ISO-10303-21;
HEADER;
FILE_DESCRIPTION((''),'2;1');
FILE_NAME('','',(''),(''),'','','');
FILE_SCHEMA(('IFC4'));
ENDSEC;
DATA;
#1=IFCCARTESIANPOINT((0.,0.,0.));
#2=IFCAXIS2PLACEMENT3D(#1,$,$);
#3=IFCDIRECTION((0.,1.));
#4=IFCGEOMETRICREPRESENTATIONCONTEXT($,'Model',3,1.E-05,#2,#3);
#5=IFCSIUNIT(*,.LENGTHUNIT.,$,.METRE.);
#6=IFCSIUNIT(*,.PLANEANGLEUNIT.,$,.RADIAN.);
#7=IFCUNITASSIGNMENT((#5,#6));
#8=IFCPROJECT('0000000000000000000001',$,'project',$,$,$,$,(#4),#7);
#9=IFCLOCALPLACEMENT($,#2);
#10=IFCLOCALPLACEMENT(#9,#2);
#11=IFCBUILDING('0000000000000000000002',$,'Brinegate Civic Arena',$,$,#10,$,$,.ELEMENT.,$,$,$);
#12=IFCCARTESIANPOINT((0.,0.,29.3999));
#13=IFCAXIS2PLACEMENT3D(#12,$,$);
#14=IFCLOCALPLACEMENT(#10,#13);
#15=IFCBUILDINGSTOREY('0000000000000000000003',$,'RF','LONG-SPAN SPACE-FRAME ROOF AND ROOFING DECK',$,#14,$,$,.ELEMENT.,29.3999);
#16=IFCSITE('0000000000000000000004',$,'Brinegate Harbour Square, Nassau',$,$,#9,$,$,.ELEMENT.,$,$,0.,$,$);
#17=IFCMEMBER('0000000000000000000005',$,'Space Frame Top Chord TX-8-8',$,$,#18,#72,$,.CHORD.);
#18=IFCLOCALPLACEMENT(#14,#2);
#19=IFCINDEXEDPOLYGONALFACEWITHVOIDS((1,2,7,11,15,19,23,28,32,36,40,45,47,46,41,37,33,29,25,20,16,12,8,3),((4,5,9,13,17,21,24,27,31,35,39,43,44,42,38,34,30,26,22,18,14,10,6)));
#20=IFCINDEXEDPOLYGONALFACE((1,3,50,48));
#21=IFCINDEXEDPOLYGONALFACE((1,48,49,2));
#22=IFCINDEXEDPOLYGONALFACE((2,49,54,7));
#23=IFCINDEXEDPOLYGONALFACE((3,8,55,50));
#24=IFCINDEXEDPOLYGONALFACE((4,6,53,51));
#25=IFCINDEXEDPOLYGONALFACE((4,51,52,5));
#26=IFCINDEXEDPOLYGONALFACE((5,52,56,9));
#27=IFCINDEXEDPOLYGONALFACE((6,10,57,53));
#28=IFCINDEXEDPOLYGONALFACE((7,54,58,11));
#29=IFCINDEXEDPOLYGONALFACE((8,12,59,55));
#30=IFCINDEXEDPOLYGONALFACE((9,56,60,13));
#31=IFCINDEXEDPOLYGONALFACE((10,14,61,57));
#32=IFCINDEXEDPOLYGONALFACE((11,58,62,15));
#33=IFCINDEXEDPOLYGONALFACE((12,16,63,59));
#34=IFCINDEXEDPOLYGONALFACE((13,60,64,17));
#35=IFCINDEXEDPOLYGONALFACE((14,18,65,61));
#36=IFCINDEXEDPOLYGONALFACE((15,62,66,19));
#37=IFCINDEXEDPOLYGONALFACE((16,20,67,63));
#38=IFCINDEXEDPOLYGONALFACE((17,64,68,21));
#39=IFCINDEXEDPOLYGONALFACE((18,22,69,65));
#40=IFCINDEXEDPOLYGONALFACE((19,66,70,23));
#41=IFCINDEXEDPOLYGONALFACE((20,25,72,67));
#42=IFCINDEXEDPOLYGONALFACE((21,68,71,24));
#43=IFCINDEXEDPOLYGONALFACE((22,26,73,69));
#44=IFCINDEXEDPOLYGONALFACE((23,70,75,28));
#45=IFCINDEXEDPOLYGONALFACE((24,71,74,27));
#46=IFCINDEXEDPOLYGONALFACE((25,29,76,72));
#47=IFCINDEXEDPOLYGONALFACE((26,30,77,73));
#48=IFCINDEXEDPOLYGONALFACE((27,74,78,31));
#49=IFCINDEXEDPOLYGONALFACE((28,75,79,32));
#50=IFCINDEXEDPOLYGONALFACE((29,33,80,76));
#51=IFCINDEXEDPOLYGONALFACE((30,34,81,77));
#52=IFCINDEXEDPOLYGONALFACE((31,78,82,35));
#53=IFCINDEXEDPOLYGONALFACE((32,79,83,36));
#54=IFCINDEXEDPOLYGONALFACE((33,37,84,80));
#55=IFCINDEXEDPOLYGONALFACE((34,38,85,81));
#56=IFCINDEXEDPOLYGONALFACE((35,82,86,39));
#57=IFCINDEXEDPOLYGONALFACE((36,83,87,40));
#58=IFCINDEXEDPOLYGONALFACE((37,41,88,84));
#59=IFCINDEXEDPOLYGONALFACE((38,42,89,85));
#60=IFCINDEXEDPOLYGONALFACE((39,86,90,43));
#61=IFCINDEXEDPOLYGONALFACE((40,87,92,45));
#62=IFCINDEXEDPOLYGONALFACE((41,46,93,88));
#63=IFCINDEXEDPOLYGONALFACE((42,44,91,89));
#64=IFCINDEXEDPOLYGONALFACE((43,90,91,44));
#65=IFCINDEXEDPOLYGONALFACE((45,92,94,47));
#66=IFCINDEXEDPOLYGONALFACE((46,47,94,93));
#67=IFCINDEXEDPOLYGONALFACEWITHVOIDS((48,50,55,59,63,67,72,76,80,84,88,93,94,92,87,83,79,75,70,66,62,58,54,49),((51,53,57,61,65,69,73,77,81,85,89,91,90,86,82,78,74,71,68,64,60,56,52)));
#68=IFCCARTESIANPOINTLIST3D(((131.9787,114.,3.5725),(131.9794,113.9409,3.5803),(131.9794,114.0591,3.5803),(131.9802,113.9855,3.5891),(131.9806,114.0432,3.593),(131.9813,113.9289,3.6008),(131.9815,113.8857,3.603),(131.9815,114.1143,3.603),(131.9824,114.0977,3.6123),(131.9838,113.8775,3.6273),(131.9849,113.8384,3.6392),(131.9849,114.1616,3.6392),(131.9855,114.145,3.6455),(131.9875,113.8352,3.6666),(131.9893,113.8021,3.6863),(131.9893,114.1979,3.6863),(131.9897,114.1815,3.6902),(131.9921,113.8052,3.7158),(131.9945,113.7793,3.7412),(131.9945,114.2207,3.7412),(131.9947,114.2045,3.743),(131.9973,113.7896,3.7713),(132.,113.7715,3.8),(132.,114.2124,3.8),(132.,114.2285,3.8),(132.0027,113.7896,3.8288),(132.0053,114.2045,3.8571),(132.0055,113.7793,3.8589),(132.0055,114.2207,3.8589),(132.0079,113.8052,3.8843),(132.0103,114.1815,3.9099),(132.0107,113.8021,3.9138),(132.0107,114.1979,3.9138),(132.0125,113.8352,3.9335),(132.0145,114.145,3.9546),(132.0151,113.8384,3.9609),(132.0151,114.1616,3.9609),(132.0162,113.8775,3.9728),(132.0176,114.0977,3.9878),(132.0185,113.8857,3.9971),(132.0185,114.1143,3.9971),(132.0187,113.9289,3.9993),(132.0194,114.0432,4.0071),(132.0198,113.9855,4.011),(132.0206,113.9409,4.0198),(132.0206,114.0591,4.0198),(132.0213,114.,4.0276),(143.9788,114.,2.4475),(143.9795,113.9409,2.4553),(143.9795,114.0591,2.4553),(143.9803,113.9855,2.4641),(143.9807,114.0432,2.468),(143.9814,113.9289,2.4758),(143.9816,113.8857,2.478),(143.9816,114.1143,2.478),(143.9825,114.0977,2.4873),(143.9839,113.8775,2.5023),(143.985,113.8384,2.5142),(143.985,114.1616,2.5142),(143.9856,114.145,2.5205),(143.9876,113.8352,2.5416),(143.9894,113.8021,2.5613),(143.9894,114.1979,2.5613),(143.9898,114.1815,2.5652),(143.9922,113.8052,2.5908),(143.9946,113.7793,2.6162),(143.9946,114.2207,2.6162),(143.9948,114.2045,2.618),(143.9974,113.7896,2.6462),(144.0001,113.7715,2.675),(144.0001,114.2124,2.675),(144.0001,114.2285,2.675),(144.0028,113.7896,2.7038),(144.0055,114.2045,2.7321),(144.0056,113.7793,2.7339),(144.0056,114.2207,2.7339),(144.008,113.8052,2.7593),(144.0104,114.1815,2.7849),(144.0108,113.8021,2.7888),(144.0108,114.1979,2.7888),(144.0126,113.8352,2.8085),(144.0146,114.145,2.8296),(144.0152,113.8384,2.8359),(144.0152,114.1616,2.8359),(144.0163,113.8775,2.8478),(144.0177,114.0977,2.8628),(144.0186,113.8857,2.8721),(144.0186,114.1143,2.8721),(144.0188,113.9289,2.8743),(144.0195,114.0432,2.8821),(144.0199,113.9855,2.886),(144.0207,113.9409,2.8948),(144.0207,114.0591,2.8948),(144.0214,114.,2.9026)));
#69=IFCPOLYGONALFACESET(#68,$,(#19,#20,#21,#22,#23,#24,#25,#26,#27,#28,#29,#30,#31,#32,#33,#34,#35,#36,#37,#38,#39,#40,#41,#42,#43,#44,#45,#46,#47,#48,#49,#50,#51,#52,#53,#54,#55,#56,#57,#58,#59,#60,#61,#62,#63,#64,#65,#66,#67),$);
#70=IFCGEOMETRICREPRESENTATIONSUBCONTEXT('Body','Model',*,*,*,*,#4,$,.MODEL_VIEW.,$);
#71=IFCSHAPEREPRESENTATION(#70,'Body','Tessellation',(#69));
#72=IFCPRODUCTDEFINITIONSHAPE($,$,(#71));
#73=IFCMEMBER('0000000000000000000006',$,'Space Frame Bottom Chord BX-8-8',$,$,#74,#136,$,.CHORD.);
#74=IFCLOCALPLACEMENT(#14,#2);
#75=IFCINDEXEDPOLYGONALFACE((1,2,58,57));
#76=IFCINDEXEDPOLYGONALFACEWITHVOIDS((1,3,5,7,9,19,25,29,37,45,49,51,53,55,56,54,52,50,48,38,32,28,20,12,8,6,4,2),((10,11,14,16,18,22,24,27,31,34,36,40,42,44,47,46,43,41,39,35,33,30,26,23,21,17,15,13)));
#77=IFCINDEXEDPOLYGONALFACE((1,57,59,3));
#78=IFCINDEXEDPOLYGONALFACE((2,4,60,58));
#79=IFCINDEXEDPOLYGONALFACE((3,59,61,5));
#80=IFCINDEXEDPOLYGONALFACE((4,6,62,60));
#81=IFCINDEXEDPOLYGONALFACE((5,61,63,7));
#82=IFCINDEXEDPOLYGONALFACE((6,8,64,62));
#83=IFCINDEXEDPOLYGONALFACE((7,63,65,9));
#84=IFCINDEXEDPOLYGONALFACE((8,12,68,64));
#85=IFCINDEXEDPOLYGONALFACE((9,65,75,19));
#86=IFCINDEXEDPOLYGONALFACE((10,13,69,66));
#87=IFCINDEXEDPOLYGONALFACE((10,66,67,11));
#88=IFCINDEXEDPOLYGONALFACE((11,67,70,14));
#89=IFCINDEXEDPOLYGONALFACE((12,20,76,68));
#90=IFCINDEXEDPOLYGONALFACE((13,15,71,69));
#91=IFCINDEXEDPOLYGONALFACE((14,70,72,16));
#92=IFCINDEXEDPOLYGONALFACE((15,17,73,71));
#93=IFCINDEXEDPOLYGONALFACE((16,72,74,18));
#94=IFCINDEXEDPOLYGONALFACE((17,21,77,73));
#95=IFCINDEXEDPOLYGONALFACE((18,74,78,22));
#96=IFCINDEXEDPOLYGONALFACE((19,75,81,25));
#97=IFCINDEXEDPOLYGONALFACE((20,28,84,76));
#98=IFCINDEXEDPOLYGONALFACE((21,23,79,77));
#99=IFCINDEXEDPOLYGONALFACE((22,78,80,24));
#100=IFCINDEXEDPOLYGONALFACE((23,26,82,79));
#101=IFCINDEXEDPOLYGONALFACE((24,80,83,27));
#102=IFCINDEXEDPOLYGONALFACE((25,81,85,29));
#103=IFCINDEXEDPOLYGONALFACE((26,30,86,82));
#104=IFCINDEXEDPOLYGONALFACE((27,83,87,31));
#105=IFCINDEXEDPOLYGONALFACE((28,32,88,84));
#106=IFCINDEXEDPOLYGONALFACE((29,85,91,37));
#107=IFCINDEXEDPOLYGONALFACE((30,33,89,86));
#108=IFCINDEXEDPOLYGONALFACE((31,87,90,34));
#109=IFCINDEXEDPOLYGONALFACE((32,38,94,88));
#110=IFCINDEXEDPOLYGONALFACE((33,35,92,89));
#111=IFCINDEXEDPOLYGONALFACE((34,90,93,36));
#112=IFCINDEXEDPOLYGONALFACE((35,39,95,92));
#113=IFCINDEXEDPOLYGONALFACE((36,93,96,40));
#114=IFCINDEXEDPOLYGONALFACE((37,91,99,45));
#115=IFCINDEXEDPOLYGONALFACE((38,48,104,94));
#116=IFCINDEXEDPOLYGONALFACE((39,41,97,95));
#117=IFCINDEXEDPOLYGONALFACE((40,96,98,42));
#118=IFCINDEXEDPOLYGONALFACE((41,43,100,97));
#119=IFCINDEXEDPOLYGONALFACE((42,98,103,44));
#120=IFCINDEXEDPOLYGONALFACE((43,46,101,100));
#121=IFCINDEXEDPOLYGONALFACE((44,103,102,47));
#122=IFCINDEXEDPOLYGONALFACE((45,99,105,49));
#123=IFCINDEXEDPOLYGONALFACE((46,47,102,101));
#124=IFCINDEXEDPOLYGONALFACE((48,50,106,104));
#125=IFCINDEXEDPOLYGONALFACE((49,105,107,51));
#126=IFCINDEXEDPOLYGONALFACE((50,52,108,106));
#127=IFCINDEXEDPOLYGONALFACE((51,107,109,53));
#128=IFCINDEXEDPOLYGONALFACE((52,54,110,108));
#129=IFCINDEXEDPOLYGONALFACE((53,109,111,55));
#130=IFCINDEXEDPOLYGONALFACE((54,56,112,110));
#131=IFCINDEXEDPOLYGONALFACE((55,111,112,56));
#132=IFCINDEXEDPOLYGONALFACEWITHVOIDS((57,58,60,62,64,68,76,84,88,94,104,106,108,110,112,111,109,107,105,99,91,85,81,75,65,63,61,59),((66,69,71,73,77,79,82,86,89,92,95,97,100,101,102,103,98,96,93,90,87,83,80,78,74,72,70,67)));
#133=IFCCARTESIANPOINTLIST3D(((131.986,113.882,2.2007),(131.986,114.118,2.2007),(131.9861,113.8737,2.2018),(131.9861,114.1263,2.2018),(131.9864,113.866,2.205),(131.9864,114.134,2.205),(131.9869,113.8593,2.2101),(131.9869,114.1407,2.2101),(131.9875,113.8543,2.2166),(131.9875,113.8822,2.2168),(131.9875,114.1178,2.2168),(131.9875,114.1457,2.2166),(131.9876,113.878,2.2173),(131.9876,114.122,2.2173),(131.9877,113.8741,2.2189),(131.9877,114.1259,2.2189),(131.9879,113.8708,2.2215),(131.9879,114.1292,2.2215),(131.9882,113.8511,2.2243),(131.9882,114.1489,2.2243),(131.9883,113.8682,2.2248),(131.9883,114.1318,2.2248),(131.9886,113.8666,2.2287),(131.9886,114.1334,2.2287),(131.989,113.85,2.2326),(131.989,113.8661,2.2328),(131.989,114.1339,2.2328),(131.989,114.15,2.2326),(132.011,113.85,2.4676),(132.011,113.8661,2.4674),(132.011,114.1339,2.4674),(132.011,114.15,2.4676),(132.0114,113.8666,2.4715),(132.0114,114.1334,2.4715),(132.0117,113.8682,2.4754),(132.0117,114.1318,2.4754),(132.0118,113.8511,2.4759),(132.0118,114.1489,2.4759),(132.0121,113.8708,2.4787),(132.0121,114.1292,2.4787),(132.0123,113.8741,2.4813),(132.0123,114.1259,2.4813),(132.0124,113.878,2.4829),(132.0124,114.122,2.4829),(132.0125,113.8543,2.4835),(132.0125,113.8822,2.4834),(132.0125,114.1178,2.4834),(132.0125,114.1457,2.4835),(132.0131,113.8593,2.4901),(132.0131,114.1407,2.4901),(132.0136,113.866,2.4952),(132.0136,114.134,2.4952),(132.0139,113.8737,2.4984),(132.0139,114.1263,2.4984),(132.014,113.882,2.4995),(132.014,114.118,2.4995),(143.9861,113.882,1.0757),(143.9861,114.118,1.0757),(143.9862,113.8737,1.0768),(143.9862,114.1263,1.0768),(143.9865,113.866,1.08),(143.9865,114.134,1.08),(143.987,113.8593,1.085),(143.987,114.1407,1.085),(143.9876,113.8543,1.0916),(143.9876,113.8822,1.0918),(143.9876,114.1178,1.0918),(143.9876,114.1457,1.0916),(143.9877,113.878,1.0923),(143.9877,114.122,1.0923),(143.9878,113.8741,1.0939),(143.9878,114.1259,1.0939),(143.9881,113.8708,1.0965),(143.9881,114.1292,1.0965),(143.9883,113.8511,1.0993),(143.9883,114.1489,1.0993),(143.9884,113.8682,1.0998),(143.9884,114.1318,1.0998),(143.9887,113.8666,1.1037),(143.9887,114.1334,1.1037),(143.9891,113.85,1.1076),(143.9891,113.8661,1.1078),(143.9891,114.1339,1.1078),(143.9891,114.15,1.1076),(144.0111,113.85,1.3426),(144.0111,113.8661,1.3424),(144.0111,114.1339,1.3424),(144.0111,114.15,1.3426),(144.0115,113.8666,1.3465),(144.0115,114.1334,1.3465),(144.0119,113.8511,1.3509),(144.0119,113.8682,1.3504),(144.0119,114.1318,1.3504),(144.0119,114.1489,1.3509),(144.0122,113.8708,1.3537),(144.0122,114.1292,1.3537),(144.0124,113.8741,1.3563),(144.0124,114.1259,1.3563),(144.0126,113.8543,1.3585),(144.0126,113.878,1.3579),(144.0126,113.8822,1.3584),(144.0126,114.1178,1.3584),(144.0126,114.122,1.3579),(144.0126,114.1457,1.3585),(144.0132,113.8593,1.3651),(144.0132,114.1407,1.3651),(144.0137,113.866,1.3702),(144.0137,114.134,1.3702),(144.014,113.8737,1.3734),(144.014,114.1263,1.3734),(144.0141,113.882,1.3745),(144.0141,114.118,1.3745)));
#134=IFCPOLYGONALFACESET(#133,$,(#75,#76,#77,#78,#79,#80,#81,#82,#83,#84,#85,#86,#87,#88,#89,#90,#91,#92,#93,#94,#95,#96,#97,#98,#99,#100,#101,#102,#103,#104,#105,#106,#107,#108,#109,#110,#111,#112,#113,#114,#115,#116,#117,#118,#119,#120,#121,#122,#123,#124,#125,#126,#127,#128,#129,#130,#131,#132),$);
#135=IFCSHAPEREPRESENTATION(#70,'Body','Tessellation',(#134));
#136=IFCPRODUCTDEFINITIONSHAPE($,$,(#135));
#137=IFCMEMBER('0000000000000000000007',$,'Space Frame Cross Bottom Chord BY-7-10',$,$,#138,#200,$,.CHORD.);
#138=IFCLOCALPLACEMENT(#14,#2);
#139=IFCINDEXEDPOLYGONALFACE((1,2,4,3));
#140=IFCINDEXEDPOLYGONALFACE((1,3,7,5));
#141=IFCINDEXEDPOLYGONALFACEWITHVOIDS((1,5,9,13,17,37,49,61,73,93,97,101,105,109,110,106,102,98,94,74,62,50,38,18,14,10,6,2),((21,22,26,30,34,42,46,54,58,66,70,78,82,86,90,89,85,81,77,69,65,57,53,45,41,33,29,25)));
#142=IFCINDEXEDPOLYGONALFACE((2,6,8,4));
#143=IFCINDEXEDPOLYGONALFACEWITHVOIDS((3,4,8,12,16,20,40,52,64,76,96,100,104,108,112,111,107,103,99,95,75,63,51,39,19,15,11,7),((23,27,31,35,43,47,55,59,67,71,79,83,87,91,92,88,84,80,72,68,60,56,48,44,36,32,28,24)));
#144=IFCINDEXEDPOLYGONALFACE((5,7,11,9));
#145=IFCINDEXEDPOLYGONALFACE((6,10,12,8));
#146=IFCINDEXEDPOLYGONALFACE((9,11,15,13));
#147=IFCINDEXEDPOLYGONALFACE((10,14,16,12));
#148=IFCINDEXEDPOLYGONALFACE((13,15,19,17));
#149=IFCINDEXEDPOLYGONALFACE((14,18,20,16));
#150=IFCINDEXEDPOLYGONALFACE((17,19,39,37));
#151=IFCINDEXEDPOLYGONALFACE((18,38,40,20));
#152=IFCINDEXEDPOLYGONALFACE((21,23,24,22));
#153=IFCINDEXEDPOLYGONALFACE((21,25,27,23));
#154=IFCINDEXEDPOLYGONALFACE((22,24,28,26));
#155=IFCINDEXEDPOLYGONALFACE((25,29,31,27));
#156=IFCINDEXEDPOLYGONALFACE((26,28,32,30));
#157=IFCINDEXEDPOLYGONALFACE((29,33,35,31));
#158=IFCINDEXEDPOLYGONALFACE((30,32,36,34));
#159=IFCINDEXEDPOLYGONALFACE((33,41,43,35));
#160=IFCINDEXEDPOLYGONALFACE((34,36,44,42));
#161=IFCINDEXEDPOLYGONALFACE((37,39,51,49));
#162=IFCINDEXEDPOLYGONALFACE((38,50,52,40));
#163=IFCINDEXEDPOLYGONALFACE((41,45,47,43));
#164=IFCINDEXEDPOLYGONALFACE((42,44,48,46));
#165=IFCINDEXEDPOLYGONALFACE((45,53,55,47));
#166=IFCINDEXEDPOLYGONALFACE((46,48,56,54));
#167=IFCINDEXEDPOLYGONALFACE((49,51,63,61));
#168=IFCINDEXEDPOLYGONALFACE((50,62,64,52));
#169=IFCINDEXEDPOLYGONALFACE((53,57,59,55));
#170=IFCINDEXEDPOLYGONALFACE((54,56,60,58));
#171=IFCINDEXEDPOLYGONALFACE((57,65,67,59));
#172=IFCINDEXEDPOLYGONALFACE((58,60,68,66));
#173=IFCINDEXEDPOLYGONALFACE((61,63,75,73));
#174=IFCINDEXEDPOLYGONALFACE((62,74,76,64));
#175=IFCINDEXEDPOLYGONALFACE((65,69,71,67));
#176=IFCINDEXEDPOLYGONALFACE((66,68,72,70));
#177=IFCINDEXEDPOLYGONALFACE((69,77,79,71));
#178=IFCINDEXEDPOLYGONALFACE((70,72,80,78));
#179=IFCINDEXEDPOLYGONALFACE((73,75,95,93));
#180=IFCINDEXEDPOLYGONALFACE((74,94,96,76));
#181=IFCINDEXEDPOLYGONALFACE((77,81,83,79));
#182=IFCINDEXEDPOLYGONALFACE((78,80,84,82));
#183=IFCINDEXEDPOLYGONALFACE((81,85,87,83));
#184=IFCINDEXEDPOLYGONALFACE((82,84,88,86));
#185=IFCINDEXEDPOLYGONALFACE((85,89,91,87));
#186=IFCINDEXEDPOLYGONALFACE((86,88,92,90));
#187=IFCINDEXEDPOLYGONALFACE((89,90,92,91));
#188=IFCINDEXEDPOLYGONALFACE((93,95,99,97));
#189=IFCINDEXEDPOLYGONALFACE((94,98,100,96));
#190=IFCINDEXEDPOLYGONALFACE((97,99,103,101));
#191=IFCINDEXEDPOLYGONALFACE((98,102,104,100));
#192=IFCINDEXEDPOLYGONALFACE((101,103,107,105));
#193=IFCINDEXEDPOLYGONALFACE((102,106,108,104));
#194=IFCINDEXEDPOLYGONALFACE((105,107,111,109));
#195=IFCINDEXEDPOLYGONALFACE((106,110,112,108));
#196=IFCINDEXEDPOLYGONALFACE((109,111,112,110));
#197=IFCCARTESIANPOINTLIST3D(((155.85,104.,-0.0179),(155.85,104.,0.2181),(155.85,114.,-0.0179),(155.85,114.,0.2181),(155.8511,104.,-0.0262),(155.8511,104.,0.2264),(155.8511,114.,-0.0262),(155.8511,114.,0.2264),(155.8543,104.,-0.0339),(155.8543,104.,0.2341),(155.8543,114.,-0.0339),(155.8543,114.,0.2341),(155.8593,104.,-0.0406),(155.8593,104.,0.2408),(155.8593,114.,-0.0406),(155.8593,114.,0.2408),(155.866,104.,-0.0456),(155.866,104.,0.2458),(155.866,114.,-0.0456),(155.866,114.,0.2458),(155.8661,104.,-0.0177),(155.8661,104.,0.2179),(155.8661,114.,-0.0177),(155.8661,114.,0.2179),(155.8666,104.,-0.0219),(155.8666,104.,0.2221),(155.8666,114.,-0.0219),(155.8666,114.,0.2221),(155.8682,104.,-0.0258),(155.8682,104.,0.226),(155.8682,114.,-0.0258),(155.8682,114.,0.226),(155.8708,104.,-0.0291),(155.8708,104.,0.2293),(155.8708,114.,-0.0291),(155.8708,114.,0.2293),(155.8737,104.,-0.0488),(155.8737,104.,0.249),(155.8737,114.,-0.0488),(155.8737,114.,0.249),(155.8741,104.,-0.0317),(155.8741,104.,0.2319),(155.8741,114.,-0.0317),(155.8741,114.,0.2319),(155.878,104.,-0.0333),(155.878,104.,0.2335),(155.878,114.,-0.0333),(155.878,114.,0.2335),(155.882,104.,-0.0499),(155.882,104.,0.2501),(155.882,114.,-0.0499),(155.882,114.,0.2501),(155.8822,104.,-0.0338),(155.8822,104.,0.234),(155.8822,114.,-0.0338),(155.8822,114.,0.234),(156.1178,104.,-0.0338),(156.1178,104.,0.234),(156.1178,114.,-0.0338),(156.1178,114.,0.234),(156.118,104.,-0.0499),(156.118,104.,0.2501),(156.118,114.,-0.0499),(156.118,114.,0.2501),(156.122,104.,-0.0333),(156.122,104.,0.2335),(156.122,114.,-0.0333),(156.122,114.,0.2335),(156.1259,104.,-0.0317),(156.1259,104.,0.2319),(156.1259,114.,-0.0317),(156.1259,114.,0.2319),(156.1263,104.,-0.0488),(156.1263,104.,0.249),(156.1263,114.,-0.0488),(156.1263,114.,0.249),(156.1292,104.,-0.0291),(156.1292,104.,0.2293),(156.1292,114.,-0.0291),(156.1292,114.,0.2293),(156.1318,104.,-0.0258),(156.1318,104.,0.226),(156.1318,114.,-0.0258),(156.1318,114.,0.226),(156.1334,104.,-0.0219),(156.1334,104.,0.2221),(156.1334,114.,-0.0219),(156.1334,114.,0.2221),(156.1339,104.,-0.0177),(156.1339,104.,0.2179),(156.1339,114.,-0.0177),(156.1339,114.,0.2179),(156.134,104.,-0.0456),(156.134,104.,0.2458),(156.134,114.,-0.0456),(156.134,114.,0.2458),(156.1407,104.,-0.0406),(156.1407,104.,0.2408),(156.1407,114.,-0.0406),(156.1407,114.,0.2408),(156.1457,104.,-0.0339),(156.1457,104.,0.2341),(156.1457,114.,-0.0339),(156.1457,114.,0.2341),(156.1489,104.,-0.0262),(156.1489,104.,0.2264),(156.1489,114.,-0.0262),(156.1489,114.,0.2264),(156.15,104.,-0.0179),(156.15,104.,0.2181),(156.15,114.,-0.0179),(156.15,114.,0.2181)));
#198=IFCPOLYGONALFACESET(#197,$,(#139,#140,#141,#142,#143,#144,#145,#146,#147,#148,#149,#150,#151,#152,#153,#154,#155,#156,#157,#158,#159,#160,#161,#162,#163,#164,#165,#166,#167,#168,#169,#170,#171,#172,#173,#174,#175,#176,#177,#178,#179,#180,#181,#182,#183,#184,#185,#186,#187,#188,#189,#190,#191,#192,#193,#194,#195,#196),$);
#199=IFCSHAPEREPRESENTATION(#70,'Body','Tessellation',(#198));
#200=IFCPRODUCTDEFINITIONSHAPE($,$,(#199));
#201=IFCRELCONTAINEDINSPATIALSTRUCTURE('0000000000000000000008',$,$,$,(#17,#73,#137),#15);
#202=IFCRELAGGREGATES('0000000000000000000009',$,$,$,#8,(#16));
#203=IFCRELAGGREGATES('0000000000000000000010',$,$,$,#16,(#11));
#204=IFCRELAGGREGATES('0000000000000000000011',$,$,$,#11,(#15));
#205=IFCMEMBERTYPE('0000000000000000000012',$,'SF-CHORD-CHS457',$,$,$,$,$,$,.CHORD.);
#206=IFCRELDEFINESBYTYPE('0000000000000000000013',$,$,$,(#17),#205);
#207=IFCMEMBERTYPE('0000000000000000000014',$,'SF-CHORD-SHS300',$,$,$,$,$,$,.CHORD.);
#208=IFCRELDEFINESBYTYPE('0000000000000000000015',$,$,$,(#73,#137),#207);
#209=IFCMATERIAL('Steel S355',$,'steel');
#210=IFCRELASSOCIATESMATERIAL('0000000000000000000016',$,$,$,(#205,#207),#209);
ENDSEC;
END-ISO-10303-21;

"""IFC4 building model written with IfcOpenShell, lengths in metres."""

from ifc_helpers import new_model, si_unit, direction, frame, origin, origin_2d, place, context, subcontext, project, spatial, hollow_rectangle, hollow_circle, extrude, material, material_profile, profile_set, type_object, element, save


model = new_model("IFC4")

# Units and contexts
model_context = context("Model", 3, precision=1e-05, world=origin(), true_north=direction((0.0, 1.0)))
body_context = subcontext(model_context, "Body", "Model", "MODEL_VIEW")
ifc_project = project(units=[si_unit("LENGTHUNIT", "METRE"), si_unit("PLANEANGLEUNIT", "RADIAN")], contexts=[model_context])

# Site, building, storey
site_placement = place(None, origin())
site = spatial("IfcSite", under=ifc_project, at=site_placement, Name="Brinegate Harbour Square, Nassau", CompositionType="ELEMENT", RefElevation=0.0)
building_placement = place(site_placement, origin())
building = spatial("IfcBuilding", under=site, at=building_placement, Name="Brinegate Civic Arena", CompositionType="ELEMENT")
storey_placement = place(building_placement, frame((0.0, 0.0, 29.3999)))
storey = spatial("IfcBuildingStorey", under=building, at=storey_placement, Name="RF", Description="LONG-SPAN SPACE-FRAME ROOF AND ROOFING DECK", CompositionType="ELEMENT", Elevation=29.3999)

# Shared definitions
ifc_material_1 = material(Name="Steel S355", Category="steel")

# Members
ifc_material_profile_1 = material_profile(ifc_material_1, hollow_circle(Radius=0.2285, WallThickness=0.0161, at=origin_2d()), Name="CHS457X16")
ifc_profile_set_1 = profile_set([ifc_material_profile_1], Name="Steel S355")
member_type_1 = type_object("IfcMemberType", Name="SF-CHORD-CHS457", PredefinedType="CHORD", material=ifc_profile_set_1)
member_1_placement = place(storey_placement, frame((132.0, 114.0, 3.8), z_axis=(0.995634, 0.0, -0.093341), x_axis=(0.0, 1.0, 0.0)))
element("IfcMember", 1, at=member_1_placement, inside=storey, type_object=member_type_1, Name="Space Frame Top Chord TX-8-8", PredefinedType="CHORD", context=body_context, shape_type="SweptSolid", body=[
    extrude(hollow_circle(Radius=0.2285, WallThickness=0.0161, at=origin_2d()), origin(), (0.0, 0.0, 1.0), 12.0527),
])
ifc_material_profile_2 = material_profile(ifc_material_1, hollow_rectangle(XDim=0.3, YDim=0.3, WallThickness=0.0161, InnerFilletRadius=0.0161, OuterFilletRadius=0.032, at=origin_2d()), Name="SHS300X16")
ifc_profile_set_2 = profile_set([ifc_material_profile_2], Name="Steel S355")
member_type_2 = type_object("IfcMemberType", Name="SF-CHORD-SHS300", PredefinedType="CHORD", material=ifc_profile_set_2)
member_2_placement = place(storey_placement, frame((132.0, 114.0, 2.3501), z_axis=(0.995634, 0.0, -0.093341), x_axis=(0.0, 1.0, 0.0)))
element("IfcMember", 2, at=member_2_placement, inside=storey, type_object=member_type_2, Name="Space Frame Bottom Chord BX-8-8", PredefinedType="CHORD", context=body_context, shape_type="SweptSolid", body=[
    extrude(hollow_rectangle(XDim=0.3, YDim=0.3, WallThickness=0.0161, InnerFilletRadius=0.0161, OuterFilletRadius=0.032, at=origin_2d()), origin(), (0.0, 0.0, 1.0), 12.0527),
])
member_3_placement = place(storey_placement, frame((156.0, 104.0, 0.1001), z_axis=(0.0, 1.0, 0.0), x_axis=(-1.0, 0.0, 0.0)))
element("IfcMember", 3, at=member_3_placement, inside=storey, type_object=member_type_2, Name="Space Frame Cross Bottom Chord BY-7-10", PredefinedType="CHORD", context=body_context, shape_type="SweptSolid", body=[
    extrude(hollow_rectangle(XDim=0.3, YDim=0.3, WallThickness=0.0161, InnerFilletRadius=0.0161, OuterFilletRadius=0.032, at=origin_2d()), origin(), (0.0, 0.0, 1.0), 10.0),
])

save(model, "model.ifc")
